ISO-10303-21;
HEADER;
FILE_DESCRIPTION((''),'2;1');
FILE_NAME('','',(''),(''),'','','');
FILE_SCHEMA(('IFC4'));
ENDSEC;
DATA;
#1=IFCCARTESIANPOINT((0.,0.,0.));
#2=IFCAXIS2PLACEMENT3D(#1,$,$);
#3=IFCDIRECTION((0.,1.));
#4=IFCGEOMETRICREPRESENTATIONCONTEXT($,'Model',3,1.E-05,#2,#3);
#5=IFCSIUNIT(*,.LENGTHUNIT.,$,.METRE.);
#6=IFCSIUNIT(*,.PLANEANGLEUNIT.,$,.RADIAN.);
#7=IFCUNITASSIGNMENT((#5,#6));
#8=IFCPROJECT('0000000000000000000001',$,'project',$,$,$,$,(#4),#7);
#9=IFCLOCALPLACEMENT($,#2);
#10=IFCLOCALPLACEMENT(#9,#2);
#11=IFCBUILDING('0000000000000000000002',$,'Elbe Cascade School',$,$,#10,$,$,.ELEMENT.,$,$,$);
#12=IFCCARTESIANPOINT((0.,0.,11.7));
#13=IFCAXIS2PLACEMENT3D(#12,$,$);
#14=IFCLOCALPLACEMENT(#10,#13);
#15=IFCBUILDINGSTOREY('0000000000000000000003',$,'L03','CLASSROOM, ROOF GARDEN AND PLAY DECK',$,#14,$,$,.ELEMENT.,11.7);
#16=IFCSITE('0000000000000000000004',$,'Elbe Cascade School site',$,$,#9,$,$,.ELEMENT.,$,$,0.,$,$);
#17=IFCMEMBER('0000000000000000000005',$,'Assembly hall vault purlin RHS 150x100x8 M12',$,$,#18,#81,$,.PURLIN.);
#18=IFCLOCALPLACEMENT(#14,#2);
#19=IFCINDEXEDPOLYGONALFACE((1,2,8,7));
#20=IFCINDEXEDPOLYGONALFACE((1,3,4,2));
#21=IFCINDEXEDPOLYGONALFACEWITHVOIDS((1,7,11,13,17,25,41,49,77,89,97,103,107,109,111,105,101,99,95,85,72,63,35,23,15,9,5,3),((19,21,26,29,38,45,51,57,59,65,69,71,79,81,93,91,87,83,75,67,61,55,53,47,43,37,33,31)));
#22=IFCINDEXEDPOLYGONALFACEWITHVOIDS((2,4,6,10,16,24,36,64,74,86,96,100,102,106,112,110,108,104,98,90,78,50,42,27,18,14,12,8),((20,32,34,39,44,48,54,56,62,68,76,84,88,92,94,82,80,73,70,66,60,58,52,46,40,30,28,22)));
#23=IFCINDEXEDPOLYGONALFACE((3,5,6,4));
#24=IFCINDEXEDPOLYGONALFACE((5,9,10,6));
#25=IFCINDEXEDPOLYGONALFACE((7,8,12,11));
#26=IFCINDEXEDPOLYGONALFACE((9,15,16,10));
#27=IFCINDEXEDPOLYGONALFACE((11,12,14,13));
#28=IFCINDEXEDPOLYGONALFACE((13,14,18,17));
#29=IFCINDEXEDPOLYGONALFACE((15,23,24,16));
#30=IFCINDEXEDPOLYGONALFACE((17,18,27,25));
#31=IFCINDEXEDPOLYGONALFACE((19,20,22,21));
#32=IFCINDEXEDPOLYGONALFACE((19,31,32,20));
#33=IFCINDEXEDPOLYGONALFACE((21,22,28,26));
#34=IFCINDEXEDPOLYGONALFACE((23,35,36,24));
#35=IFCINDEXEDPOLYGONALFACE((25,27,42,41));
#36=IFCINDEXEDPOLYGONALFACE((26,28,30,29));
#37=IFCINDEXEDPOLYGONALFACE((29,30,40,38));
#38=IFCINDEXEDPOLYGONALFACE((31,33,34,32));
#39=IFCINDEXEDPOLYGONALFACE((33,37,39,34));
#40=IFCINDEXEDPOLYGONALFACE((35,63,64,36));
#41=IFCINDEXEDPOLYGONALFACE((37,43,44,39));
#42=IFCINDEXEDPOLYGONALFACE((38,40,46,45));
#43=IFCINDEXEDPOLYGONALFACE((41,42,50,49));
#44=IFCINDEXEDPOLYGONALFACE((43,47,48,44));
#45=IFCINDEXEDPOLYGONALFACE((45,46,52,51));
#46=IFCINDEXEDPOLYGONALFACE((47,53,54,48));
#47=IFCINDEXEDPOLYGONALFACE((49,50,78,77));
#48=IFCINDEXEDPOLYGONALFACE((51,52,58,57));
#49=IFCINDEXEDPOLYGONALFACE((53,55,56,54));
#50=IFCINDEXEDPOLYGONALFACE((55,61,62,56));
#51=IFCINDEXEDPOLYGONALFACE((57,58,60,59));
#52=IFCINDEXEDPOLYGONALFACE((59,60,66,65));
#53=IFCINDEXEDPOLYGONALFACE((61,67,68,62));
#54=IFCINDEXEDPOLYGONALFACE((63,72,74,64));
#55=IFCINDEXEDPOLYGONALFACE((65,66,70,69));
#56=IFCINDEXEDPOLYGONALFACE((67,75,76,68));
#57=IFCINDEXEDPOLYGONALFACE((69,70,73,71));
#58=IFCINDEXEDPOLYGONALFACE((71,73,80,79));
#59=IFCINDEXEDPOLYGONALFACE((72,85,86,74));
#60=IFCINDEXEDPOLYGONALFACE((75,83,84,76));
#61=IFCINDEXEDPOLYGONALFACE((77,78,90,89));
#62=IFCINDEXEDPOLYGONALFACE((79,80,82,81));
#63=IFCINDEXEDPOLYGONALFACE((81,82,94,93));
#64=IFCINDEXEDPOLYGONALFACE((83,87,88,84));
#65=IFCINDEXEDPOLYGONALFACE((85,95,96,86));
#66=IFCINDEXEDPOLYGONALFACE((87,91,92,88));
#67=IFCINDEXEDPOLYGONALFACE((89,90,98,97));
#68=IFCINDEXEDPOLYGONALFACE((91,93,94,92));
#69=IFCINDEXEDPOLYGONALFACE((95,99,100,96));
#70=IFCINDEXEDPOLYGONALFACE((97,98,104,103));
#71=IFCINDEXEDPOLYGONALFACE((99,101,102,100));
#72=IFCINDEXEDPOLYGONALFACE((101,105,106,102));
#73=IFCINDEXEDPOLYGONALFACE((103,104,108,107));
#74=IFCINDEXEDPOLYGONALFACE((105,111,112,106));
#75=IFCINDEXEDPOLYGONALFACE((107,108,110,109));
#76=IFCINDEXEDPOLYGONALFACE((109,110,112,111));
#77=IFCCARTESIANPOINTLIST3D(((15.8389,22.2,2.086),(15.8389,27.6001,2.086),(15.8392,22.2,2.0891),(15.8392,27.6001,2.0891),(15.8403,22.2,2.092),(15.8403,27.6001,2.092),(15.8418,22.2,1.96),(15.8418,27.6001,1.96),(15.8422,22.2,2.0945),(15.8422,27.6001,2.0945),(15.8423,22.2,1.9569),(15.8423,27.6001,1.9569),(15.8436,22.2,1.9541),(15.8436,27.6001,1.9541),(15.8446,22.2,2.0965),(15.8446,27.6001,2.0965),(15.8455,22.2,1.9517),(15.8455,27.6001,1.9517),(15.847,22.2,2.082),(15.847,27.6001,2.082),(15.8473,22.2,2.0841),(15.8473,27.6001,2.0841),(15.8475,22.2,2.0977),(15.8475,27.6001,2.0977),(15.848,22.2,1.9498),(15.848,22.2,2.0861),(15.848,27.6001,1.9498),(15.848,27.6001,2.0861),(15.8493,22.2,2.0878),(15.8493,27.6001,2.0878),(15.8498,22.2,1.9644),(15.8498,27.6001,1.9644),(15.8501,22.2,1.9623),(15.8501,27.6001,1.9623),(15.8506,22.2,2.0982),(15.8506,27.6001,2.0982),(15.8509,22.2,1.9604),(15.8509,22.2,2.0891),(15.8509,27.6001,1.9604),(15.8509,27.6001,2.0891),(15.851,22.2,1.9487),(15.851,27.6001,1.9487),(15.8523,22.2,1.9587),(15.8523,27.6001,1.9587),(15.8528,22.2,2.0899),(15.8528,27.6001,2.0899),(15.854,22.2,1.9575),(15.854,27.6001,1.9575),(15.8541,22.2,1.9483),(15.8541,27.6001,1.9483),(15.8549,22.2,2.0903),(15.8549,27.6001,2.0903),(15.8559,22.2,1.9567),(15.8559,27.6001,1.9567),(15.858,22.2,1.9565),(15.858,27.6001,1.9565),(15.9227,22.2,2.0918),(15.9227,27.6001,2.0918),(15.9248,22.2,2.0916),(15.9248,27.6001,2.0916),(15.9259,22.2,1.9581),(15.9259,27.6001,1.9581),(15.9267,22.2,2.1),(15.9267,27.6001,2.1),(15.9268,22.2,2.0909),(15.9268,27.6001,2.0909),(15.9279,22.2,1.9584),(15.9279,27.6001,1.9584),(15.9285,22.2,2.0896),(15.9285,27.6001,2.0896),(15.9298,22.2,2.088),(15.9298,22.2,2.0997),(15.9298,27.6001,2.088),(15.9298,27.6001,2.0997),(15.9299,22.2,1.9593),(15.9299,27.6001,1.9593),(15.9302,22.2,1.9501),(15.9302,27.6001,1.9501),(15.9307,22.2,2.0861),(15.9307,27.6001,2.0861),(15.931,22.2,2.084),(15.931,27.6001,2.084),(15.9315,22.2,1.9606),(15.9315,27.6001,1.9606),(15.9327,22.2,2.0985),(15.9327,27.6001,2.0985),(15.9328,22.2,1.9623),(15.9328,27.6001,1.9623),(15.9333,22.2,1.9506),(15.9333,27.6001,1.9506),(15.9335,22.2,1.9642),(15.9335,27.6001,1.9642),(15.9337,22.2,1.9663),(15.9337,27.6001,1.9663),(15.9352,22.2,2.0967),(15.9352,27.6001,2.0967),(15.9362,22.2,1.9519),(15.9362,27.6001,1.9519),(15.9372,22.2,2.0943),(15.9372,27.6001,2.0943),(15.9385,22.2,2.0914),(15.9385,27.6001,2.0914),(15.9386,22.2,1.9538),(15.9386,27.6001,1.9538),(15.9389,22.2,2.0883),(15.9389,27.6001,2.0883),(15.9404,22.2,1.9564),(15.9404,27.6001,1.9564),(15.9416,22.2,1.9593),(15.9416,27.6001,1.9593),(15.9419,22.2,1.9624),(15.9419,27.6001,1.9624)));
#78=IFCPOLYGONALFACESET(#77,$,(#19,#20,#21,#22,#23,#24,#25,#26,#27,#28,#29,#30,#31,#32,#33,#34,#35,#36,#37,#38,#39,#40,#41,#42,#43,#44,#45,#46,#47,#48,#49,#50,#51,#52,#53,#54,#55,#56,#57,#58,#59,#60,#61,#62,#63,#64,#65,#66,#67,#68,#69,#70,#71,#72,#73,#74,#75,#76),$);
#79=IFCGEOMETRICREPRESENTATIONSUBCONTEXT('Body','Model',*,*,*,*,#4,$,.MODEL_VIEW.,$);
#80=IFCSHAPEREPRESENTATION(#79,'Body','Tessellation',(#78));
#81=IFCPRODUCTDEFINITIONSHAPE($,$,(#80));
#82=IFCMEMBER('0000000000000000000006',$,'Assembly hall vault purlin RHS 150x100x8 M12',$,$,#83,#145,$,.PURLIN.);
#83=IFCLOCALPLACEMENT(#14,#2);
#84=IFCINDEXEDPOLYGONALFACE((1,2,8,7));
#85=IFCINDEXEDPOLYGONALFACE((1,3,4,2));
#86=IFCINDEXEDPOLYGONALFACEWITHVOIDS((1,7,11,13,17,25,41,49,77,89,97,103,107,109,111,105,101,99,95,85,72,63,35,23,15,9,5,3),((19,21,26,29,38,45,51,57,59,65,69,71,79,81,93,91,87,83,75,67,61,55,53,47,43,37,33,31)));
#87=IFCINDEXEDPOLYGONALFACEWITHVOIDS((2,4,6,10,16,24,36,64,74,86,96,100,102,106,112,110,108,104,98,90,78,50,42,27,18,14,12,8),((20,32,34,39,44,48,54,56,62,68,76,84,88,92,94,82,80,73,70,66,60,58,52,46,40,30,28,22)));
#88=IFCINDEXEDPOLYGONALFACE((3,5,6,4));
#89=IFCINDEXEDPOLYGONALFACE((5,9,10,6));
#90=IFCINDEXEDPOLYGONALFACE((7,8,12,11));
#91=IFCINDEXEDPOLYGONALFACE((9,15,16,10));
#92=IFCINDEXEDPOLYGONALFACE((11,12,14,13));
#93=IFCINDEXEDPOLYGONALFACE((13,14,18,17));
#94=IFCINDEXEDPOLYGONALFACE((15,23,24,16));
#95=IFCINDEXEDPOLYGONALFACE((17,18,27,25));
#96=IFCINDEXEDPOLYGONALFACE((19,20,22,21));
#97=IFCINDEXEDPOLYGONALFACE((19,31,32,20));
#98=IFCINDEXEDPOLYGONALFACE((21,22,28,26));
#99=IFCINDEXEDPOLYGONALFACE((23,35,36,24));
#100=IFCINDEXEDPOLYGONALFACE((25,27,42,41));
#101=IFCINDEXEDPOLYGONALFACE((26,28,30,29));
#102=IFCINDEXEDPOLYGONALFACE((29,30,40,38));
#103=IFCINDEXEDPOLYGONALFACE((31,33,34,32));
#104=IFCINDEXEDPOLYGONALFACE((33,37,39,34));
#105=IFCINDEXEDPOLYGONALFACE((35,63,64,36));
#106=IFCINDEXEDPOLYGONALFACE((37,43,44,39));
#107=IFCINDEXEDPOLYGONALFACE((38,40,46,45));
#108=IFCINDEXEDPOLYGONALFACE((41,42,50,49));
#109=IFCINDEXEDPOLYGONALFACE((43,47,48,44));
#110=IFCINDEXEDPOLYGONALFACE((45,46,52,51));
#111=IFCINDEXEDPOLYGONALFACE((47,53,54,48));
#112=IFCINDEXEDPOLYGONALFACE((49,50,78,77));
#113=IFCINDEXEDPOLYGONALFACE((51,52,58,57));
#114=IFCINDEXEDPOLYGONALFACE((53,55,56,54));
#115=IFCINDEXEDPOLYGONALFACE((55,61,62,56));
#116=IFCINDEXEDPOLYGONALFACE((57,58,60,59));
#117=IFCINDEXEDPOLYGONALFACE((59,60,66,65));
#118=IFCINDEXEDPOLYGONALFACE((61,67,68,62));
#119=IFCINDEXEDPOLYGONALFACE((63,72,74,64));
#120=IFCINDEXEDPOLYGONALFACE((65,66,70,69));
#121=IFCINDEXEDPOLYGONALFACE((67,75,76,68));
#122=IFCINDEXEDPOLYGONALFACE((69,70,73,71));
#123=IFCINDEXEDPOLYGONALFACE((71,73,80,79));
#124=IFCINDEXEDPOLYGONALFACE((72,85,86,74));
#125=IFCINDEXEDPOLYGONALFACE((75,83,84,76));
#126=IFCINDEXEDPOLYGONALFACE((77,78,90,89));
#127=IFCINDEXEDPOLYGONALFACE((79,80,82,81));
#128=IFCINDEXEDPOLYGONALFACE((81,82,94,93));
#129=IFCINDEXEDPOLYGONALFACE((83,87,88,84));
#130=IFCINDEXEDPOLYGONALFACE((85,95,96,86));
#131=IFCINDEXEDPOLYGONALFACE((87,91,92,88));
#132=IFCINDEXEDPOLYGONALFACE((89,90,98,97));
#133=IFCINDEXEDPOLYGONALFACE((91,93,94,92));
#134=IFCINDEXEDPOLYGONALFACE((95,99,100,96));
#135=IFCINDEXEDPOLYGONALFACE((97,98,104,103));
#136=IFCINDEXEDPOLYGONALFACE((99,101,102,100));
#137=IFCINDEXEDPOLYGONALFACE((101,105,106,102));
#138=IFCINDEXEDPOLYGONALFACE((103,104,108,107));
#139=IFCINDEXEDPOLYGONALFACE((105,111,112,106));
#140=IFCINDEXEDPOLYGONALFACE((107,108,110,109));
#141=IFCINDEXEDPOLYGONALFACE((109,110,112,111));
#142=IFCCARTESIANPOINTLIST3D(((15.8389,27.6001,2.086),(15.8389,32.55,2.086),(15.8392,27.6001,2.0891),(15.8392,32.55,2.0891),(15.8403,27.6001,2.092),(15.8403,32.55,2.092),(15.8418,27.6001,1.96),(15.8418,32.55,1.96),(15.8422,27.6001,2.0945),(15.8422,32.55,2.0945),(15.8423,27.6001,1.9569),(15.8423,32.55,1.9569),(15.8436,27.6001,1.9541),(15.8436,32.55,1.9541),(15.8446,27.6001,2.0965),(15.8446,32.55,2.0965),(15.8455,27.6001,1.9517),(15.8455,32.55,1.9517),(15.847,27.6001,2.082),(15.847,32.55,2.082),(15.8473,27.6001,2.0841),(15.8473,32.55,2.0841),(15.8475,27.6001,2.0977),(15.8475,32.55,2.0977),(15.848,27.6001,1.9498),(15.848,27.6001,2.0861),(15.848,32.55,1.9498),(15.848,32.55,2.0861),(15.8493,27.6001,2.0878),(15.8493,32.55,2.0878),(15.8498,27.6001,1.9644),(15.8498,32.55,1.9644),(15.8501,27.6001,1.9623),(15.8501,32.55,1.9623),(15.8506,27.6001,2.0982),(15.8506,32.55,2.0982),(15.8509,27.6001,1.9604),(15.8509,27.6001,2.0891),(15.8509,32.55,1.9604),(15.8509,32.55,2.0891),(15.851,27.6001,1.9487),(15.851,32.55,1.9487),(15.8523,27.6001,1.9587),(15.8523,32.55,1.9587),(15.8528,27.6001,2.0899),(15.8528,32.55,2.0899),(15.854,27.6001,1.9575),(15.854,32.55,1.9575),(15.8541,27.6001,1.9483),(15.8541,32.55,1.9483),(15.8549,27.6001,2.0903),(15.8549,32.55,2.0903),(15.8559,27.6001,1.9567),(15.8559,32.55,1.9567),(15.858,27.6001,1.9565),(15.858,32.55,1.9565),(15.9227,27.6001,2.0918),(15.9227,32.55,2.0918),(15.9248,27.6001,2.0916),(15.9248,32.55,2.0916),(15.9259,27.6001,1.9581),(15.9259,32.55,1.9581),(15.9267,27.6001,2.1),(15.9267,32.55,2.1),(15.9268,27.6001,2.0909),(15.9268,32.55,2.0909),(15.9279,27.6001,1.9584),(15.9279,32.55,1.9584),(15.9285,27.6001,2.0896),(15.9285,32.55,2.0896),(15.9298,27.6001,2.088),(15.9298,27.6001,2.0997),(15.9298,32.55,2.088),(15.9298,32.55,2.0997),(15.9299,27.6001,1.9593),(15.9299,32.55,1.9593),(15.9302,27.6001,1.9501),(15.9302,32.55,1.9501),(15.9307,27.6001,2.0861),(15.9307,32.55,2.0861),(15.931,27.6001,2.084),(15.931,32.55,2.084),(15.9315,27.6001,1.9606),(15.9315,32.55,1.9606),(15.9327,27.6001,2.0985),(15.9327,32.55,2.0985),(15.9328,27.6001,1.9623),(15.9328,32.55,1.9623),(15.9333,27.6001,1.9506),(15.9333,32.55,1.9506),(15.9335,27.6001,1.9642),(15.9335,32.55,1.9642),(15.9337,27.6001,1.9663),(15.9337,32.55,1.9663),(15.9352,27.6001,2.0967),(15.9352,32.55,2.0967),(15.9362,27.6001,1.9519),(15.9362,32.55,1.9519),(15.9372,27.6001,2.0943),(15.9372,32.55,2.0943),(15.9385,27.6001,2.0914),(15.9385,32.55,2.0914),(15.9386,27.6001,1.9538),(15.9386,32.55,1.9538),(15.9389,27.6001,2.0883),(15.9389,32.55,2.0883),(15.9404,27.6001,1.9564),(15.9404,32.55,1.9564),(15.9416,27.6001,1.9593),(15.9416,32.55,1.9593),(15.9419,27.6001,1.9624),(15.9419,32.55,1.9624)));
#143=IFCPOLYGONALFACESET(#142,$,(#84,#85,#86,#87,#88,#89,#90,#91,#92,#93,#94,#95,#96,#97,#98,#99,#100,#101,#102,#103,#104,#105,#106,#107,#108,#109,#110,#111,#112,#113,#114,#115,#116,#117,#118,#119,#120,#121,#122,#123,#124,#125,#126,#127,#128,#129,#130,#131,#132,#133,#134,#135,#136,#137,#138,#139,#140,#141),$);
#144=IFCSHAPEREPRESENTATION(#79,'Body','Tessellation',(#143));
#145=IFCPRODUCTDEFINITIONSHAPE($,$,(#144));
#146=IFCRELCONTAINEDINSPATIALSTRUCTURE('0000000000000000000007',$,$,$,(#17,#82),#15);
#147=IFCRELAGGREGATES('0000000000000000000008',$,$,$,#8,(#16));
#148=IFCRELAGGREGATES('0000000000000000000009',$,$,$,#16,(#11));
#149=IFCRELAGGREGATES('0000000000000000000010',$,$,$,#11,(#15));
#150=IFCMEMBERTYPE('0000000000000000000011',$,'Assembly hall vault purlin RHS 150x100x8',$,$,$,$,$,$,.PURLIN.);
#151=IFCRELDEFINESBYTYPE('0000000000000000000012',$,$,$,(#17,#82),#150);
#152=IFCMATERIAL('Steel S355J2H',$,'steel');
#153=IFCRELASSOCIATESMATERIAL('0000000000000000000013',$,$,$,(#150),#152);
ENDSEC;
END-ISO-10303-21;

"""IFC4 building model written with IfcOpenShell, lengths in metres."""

from ifc_helpers import new_model, si_unit, direction, frame, origin, origin_2d, place, context, subcontext, project, spatial, hollow_rectangle, extrude, material, material_profile, profile_set, type_object, element, save


model = new_model("IFC4")

# Units and contexts
model_context = context("Model", 3, precision=1e-05, world=origin(), true_north=direction((0.0, 1.0)))
body_context = subcontext(model_context, "Body", "Model", "MODEL_VIEW")
ifc_project = project(units=[si_unit("LENGTHUNIT", "METRE"), si_unit("PLANEANGLEUNIT", "RADIAN")], contexts=[model_context])

# Site, building, storey
site_placement = place(None, origin())
site = spatial("IfcSite", under=ifc_project, at=site_placement, Name="Elbe Cascade School site", CompositionType="ELEMENT", RefElevation=0.0)
building_placement = place(site_placement, origin())
building = spatial("IfcBuilding", under=site, at=building_placement, Name="Elbe Cascade School", CompositionType="ELEMENT")
storey_placement = place(building_placement, frame((0.0, 0.0, 11.7)))
storey = spatial("IfcBuildingStorey", under=building, at=storey_placement, Name="L03", Description="CLASSROOM, ROOF GARDEN AND PLAY DECK", CompositionType="ELEMENT", Elevation=11.7)

# Members
ifc_material_1 = material(Name="Steel S355J2H", Category="steel")
ifc_material_profile_1 = material_profile(ifc_material_1, hollow_rectangle(XDim=0.1001, YDim=0.1499, WallThickness=0.0081, InnerFilletRadius=0.0081, OuterFilletRadius=0.012, at=origin_2d()), Name="RHS 150x100x8")
ifc_profile_set_1 = profile_set([ifc_material_profile_1], Name="Steel S355J2H")
member_type_1 = type_object("IfcMemberType", Name="Assembly hall vault purlin RHS 150x100x8", PredefinedType="PURLIN", material=ifc_profile_set_1)
member_1_placement = place(storey_placement, frame((15.8904, 22.2, 2.0242), z_axis=(0.0, 1.0, 0.0), x_axis=(-0.999727, 0.0, -0.023378)))
element("IfcMember", 1, at=member_1_placement, inside=storey, type_object=member_type_1, Name="Assembly hall vault purlin RHS 150x100x8 M12", PredefinedType="PURLIN", context=body_context, shape_type="SweptSolid", body=[
    extrude(hollow_rectangle(XDim=0.1001, YDim=0.1499, WallThickness=0.0081, InnerFilletRadius=0.0081, OuterFilletRadius=0.012, at=origin_2d()), origin(), (0.0, 0.0, 1.0), 5.4001),
])
member_2_placement = place(storey_placement, frame((15.8904, 27.6001, 2.0242), z_axis=(0.0, 1.0, 0.0), x_axis=(-0.999727, 0.0, -0.023378)))
element("IfcMember", 2, at=member_2_placement, inside=storey, type_object=member_type_1, Name="Assembly hall vault purlin RHS 150x100x8 M12", PredefinedType="PURLIN", context=body_context, shape_type="SweptSolid", body=[
    extrude(hollow_rectangle(XDim=0.1001, YDim=0.1499, WallThickness=0.0081, InnerFilletRadius=0.0081, OuterFilletRadius=0.012, at=origin_2d()), origin(), (0.0, 0.0, 1.0), 4.95),
])

save(model, "model.ifc")
